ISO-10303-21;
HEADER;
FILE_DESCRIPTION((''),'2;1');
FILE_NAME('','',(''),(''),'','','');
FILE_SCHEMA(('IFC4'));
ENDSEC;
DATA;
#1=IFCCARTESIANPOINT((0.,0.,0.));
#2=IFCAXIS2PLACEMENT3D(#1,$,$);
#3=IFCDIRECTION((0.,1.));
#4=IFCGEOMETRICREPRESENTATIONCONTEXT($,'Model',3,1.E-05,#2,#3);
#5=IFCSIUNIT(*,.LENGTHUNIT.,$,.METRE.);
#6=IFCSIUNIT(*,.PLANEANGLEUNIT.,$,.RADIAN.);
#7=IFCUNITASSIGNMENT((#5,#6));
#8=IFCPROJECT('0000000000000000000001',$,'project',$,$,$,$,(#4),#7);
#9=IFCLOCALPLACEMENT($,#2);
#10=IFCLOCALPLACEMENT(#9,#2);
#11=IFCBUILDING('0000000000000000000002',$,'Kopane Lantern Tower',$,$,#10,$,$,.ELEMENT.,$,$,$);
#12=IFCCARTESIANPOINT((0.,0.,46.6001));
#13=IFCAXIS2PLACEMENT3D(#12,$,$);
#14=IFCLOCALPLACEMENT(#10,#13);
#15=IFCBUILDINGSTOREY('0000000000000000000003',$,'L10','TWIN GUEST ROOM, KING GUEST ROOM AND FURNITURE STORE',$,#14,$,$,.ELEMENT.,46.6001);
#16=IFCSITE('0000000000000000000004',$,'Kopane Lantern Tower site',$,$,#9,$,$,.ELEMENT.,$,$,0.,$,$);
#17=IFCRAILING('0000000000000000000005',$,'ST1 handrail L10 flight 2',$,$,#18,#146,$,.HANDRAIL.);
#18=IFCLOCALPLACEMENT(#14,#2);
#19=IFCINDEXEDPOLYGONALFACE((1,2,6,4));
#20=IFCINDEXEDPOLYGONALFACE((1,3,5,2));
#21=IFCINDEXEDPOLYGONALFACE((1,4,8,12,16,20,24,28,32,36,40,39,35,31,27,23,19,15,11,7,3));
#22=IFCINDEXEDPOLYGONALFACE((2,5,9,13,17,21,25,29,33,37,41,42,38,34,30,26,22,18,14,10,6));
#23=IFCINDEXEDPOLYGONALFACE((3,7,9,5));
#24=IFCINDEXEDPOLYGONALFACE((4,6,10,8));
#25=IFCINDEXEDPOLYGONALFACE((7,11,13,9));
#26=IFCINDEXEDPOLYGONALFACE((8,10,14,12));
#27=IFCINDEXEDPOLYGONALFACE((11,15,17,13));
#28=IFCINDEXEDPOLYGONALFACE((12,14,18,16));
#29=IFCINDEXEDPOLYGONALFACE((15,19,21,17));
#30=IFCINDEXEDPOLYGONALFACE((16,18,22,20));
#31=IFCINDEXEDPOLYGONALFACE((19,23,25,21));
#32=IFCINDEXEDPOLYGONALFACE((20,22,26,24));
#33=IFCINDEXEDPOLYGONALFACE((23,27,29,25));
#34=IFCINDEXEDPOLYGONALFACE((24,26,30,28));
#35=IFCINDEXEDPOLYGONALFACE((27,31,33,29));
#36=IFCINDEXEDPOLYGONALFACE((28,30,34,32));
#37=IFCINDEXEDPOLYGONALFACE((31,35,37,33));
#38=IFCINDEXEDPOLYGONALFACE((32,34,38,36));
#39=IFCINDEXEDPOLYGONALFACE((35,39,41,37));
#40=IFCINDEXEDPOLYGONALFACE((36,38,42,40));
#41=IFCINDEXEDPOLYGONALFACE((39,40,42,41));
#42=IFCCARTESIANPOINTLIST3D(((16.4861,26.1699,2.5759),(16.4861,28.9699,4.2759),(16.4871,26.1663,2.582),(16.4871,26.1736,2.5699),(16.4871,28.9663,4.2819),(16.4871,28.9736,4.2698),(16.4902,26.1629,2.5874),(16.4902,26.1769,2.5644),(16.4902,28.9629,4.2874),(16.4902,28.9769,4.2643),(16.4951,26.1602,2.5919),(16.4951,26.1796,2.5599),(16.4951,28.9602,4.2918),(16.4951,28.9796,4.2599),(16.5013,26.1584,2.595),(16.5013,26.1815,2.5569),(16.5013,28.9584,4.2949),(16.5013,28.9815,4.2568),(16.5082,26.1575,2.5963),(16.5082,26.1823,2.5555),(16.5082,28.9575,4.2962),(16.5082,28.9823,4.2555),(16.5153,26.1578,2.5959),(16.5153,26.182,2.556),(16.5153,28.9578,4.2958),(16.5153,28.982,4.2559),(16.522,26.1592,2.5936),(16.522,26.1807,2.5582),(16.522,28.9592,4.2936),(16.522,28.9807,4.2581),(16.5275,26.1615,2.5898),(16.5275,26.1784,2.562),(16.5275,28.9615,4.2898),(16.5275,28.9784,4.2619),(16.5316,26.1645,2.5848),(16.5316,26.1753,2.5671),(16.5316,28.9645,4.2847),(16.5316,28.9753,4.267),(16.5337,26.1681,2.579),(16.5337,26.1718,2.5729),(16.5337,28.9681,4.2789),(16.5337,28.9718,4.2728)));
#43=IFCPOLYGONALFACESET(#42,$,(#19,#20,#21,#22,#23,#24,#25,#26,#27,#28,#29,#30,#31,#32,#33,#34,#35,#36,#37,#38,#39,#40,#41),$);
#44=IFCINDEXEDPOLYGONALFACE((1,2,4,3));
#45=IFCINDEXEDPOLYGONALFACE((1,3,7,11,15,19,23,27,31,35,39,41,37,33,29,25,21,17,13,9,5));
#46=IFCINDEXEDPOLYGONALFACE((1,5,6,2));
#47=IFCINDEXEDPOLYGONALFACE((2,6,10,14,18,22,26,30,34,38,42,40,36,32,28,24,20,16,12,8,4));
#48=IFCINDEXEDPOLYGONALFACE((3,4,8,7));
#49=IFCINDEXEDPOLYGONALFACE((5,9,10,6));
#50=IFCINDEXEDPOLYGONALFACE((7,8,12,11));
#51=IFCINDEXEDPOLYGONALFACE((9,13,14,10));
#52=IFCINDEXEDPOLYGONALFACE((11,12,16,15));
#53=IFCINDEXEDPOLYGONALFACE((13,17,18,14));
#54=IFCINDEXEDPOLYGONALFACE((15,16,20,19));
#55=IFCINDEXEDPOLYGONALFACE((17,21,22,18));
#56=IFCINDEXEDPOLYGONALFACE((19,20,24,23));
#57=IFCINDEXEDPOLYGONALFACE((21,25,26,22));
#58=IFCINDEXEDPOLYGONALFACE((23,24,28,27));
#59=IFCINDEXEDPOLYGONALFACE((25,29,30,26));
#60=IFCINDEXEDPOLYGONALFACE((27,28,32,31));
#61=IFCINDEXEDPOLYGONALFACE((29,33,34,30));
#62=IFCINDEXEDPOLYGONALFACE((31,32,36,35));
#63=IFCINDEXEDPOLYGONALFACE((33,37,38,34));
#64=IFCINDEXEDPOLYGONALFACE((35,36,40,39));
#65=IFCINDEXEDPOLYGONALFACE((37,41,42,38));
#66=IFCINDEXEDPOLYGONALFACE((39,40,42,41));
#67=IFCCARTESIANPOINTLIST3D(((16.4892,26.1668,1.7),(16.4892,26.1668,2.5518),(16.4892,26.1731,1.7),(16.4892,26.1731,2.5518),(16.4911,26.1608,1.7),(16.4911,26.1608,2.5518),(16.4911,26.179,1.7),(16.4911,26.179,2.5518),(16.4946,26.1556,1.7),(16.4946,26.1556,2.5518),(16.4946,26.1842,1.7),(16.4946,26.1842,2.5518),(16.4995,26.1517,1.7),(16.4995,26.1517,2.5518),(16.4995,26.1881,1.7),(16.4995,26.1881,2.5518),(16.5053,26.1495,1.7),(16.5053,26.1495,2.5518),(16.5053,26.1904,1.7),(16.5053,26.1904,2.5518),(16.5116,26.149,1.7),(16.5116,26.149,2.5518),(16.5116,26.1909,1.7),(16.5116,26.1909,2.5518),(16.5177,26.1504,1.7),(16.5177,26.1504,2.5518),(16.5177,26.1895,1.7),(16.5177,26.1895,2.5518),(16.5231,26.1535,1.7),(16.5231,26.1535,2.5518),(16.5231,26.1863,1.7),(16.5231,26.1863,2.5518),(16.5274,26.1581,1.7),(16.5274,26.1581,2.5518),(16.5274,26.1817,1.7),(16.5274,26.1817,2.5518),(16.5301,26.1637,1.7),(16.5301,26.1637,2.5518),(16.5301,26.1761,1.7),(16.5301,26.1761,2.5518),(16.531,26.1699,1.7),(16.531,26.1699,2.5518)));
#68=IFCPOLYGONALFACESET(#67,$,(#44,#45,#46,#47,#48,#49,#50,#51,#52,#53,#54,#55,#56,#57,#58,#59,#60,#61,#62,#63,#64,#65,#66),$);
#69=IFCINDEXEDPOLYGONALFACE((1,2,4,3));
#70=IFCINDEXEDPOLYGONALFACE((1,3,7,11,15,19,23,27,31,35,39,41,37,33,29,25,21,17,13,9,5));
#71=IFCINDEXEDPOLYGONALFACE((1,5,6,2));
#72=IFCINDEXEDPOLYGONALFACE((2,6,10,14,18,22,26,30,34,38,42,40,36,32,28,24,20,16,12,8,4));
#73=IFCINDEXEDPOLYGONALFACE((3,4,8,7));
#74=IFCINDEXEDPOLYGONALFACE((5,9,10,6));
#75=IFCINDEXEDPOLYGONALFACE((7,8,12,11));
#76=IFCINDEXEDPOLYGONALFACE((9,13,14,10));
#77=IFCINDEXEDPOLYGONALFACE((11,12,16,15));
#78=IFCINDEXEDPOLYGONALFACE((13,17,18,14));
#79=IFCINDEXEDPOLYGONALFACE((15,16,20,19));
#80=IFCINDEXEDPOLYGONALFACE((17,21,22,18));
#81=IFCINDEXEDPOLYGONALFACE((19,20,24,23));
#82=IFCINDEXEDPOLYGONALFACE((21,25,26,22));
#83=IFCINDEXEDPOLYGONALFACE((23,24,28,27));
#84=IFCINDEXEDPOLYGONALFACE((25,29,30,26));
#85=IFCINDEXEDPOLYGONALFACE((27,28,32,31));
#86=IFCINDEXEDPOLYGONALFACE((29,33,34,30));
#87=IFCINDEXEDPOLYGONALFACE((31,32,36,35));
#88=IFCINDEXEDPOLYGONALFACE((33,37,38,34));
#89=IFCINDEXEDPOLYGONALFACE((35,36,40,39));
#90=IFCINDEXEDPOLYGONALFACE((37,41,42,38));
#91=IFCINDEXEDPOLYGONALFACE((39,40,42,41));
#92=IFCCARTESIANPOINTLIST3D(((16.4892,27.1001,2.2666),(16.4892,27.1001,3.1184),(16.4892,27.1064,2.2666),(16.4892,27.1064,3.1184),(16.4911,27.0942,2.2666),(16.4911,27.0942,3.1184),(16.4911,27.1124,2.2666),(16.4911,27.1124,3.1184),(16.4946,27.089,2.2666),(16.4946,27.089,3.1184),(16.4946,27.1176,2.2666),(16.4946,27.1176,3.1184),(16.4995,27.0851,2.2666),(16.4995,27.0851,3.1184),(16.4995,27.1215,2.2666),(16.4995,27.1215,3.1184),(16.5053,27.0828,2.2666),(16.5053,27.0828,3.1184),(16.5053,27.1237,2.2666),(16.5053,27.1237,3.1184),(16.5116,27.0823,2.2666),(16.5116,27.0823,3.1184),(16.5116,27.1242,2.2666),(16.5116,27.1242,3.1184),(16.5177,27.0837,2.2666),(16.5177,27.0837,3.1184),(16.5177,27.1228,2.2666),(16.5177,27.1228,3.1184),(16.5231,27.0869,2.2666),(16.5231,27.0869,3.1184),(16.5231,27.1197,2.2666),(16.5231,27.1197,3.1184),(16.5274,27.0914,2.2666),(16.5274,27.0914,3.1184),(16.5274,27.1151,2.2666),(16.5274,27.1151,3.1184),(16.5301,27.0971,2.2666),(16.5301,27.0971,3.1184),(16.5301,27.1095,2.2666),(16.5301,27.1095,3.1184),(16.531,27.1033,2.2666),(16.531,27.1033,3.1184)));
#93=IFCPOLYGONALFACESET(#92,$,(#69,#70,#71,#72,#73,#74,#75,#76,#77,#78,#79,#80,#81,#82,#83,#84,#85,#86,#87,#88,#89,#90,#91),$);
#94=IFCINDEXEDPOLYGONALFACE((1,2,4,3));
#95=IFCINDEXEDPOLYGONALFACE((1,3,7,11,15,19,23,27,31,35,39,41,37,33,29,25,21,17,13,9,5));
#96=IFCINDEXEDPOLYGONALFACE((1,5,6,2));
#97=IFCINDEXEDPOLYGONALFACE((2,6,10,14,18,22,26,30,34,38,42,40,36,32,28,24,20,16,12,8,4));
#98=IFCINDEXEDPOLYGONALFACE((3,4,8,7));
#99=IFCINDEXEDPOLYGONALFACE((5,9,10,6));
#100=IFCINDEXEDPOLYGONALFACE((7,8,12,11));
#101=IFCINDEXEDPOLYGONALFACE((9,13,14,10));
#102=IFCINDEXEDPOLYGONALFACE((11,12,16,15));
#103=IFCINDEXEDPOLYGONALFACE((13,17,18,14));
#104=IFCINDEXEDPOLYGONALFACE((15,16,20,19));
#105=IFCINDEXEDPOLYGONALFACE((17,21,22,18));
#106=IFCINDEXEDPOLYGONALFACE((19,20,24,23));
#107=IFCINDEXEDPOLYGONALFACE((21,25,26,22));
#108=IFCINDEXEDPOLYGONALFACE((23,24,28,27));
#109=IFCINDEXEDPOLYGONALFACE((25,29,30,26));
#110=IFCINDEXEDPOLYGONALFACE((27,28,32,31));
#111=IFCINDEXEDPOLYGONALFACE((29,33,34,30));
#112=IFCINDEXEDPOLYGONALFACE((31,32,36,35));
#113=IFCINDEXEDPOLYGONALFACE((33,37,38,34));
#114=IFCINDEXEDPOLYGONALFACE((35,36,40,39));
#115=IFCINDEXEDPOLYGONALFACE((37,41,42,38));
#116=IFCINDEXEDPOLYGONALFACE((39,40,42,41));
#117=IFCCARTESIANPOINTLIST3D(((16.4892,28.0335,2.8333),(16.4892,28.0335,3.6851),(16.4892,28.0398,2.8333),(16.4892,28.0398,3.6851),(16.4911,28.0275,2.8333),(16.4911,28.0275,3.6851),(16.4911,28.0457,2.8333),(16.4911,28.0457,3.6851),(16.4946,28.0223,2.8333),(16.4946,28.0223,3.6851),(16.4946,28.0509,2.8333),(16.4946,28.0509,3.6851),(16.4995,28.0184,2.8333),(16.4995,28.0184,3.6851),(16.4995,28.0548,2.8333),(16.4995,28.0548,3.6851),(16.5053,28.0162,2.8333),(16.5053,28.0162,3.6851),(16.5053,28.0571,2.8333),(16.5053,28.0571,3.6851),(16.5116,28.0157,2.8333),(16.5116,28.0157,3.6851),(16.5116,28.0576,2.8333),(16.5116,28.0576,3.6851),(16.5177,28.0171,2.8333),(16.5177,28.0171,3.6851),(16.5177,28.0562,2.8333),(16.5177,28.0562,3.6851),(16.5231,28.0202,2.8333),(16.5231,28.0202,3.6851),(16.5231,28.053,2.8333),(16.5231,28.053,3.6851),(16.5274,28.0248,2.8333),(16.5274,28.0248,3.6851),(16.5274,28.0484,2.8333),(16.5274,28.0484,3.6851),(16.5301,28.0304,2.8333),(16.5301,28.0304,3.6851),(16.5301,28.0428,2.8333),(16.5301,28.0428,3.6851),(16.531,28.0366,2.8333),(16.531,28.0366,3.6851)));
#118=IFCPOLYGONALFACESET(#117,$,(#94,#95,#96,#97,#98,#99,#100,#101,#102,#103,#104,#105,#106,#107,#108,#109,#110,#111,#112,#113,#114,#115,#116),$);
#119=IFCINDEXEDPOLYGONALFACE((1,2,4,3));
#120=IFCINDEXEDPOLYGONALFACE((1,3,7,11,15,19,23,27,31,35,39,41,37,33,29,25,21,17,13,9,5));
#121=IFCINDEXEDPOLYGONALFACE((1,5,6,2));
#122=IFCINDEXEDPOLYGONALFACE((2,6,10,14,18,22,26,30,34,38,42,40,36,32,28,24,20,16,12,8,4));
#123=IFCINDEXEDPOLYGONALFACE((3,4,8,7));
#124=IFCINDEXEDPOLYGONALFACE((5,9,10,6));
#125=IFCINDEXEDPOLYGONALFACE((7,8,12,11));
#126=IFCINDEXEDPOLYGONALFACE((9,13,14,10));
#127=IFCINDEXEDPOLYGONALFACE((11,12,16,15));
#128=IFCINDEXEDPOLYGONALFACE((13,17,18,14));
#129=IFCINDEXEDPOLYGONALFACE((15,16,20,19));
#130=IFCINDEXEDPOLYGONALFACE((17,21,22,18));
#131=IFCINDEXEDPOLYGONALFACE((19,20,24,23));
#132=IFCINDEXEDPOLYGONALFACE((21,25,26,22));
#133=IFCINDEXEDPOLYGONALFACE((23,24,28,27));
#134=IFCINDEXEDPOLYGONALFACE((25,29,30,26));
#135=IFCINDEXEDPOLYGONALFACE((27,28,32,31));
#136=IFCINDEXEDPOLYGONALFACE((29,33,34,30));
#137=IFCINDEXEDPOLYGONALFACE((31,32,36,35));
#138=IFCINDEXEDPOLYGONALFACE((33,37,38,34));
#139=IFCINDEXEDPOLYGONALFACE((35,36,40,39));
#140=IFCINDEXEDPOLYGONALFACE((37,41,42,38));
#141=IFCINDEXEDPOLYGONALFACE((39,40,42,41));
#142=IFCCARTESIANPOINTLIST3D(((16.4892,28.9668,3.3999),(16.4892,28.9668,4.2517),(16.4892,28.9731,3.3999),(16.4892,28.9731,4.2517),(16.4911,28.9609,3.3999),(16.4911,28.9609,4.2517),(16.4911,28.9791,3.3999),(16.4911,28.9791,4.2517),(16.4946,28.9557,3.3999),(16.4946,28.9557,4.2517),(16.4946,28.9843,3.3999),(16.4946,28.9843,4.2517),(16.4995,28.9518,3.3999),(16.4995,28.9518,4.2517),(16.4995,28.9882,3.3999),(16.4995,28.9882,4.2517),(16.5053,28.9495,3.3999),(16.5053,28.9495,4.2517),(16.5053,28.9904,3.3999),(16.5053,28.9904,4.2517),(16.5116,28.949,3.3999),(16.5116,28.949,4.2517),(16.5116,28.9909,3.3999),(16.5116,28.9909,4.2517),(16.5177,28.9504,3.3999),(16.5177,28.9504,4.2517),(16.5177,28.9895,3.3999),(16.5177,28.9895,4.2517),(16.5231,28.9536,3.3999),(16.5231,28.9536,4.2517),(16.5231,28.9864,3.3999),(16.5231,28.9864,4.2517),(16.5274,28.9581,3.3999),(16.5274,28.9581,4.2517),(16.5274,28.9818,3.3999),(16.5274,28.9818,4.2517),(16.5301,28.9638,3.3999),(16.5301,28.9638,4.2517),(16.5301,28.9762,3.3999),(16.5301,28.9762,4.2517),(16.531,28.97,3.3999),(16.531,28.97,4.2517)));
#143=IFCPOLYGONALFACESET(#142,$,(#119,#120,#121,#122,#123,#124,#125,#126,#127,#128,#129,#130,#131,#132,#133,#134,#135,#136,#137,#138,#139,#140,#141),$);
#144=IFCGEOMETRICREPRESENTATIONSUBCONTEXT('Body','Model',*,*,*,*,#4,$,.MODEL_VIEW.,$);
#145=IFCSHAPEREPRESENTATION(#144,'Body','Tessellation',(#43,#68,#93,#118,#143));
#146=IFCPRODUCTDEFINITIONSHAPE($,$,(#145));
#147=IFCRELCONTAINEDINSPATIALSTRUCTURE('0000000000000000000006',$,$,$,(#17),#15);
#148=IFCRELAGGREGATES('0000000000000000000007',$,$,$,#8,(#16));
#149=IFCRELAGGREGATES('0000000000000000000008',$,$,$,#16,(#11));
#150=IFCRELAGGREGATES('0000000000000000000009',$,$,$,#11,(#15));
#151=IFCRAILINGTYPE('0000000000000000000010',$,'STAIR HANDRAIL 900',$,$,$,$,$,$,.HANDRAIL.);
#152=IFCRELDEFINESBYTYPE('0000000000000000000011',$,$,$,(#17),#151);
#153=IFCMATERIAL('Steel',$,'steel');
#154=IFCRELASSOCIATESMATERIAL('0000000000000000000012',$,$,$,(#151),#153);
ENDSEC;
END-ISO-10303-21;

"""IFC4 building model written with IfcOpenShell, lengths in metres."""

from ifc_helpers import new_model, si_unit, direction, frame, origin, origin_2d, place, context, subcontext, project, spatial, circle, extrude, material, type_object, element, save


model = new_model("IFC4")

# Units and contexts
model_context = context("Model", 3, precision=1e-05, world=origin(), true_north=direction((0.0, 1.0)))
body_context = subcontext(model_context, "Body", "Model", "MODEL_VIEW")
ifc_project = project(units=[si_unit("LENGTHUNIT", "METRE"), si_unit("PLANEANGLEUNIT", "RADIAN")], contexts=[model_context])

# Site, building, storey
site_placement = place(None, origin())
site = spatial("IfcSite", under=ifc_project, at=site_placement, Name="Kopane Lantern Tower site", CompositionType="ELEMENT", RefElevation=0.0)
building_placement = place(site_placement, origin())
building = spatial("IfcBuilding", under=site, at=building_placement, Name="Kopane Lantern Tower", CompositionType="ELEMENT")
storey_placement = place(building_placement, frame((0.0, 0.0, 46.6001)))
storey = spatial("IfcBuildingStorey", under=building, at=storey_placement, Name="L10", Description="TWIN GUEST ROOM, KING GUEST ROOM AND FURNITURE STORE", CompositionType="ELEMENT", Elevation=46.6001)

# Railing
ifc_material_1 = material(Name="Steel", Category="steel")
railing_type_1 = type_object("IfcRailingType", Name="STAIR HANDRAIL 900", PredefinedType="HANDRAIL", material=ifc_material_1)
for number, where, name in (
    (1, (16.51, 26.1699, 1.7), "ST1 handrail L10 flight 2"),
):
    element("IfcRailing", number, at=place(storey_placement, frame(where)), inside=storey, type_object=railing_type_1, Name=name, PredefinedType="HANDRAIL", context=body_context, shape_type="SweptSolid", body=[
        extrude(circle(Radius=0.0239, at=origin_2d()), frame((0.0, 0.0, 0.876), z_axis=(0.0, 0.854798, 0.518961), x_axis=(-1.0, 0.0, 0.0)), (0.0, 0.0, 1.0), 3.2756),
        extrude(circle(Radius=0.021, at=origin_2d()), origin(), (0.0, 0.0, 1.0), 0.8518),
        extrude(circle(Radius=0.021, at=origin_2d()), frame((0.0, 0.9333, 0.5667)), (0.0, 0.0, 1.0), 0.8518),
        extrude(circle(Radius=0.021, at=origin_2d()), frame((0.0, 1.8667, 1.1333)), (0.0, 0.0, 1.0), 0.8518),
        extrude(circle(Radius=0.021, at=origin_2d()), frame((0.0, 2.8, 1.7)), (0.0, 0.0, 1.0), 0.8518),
    ])

save(model, "model.ifc")
